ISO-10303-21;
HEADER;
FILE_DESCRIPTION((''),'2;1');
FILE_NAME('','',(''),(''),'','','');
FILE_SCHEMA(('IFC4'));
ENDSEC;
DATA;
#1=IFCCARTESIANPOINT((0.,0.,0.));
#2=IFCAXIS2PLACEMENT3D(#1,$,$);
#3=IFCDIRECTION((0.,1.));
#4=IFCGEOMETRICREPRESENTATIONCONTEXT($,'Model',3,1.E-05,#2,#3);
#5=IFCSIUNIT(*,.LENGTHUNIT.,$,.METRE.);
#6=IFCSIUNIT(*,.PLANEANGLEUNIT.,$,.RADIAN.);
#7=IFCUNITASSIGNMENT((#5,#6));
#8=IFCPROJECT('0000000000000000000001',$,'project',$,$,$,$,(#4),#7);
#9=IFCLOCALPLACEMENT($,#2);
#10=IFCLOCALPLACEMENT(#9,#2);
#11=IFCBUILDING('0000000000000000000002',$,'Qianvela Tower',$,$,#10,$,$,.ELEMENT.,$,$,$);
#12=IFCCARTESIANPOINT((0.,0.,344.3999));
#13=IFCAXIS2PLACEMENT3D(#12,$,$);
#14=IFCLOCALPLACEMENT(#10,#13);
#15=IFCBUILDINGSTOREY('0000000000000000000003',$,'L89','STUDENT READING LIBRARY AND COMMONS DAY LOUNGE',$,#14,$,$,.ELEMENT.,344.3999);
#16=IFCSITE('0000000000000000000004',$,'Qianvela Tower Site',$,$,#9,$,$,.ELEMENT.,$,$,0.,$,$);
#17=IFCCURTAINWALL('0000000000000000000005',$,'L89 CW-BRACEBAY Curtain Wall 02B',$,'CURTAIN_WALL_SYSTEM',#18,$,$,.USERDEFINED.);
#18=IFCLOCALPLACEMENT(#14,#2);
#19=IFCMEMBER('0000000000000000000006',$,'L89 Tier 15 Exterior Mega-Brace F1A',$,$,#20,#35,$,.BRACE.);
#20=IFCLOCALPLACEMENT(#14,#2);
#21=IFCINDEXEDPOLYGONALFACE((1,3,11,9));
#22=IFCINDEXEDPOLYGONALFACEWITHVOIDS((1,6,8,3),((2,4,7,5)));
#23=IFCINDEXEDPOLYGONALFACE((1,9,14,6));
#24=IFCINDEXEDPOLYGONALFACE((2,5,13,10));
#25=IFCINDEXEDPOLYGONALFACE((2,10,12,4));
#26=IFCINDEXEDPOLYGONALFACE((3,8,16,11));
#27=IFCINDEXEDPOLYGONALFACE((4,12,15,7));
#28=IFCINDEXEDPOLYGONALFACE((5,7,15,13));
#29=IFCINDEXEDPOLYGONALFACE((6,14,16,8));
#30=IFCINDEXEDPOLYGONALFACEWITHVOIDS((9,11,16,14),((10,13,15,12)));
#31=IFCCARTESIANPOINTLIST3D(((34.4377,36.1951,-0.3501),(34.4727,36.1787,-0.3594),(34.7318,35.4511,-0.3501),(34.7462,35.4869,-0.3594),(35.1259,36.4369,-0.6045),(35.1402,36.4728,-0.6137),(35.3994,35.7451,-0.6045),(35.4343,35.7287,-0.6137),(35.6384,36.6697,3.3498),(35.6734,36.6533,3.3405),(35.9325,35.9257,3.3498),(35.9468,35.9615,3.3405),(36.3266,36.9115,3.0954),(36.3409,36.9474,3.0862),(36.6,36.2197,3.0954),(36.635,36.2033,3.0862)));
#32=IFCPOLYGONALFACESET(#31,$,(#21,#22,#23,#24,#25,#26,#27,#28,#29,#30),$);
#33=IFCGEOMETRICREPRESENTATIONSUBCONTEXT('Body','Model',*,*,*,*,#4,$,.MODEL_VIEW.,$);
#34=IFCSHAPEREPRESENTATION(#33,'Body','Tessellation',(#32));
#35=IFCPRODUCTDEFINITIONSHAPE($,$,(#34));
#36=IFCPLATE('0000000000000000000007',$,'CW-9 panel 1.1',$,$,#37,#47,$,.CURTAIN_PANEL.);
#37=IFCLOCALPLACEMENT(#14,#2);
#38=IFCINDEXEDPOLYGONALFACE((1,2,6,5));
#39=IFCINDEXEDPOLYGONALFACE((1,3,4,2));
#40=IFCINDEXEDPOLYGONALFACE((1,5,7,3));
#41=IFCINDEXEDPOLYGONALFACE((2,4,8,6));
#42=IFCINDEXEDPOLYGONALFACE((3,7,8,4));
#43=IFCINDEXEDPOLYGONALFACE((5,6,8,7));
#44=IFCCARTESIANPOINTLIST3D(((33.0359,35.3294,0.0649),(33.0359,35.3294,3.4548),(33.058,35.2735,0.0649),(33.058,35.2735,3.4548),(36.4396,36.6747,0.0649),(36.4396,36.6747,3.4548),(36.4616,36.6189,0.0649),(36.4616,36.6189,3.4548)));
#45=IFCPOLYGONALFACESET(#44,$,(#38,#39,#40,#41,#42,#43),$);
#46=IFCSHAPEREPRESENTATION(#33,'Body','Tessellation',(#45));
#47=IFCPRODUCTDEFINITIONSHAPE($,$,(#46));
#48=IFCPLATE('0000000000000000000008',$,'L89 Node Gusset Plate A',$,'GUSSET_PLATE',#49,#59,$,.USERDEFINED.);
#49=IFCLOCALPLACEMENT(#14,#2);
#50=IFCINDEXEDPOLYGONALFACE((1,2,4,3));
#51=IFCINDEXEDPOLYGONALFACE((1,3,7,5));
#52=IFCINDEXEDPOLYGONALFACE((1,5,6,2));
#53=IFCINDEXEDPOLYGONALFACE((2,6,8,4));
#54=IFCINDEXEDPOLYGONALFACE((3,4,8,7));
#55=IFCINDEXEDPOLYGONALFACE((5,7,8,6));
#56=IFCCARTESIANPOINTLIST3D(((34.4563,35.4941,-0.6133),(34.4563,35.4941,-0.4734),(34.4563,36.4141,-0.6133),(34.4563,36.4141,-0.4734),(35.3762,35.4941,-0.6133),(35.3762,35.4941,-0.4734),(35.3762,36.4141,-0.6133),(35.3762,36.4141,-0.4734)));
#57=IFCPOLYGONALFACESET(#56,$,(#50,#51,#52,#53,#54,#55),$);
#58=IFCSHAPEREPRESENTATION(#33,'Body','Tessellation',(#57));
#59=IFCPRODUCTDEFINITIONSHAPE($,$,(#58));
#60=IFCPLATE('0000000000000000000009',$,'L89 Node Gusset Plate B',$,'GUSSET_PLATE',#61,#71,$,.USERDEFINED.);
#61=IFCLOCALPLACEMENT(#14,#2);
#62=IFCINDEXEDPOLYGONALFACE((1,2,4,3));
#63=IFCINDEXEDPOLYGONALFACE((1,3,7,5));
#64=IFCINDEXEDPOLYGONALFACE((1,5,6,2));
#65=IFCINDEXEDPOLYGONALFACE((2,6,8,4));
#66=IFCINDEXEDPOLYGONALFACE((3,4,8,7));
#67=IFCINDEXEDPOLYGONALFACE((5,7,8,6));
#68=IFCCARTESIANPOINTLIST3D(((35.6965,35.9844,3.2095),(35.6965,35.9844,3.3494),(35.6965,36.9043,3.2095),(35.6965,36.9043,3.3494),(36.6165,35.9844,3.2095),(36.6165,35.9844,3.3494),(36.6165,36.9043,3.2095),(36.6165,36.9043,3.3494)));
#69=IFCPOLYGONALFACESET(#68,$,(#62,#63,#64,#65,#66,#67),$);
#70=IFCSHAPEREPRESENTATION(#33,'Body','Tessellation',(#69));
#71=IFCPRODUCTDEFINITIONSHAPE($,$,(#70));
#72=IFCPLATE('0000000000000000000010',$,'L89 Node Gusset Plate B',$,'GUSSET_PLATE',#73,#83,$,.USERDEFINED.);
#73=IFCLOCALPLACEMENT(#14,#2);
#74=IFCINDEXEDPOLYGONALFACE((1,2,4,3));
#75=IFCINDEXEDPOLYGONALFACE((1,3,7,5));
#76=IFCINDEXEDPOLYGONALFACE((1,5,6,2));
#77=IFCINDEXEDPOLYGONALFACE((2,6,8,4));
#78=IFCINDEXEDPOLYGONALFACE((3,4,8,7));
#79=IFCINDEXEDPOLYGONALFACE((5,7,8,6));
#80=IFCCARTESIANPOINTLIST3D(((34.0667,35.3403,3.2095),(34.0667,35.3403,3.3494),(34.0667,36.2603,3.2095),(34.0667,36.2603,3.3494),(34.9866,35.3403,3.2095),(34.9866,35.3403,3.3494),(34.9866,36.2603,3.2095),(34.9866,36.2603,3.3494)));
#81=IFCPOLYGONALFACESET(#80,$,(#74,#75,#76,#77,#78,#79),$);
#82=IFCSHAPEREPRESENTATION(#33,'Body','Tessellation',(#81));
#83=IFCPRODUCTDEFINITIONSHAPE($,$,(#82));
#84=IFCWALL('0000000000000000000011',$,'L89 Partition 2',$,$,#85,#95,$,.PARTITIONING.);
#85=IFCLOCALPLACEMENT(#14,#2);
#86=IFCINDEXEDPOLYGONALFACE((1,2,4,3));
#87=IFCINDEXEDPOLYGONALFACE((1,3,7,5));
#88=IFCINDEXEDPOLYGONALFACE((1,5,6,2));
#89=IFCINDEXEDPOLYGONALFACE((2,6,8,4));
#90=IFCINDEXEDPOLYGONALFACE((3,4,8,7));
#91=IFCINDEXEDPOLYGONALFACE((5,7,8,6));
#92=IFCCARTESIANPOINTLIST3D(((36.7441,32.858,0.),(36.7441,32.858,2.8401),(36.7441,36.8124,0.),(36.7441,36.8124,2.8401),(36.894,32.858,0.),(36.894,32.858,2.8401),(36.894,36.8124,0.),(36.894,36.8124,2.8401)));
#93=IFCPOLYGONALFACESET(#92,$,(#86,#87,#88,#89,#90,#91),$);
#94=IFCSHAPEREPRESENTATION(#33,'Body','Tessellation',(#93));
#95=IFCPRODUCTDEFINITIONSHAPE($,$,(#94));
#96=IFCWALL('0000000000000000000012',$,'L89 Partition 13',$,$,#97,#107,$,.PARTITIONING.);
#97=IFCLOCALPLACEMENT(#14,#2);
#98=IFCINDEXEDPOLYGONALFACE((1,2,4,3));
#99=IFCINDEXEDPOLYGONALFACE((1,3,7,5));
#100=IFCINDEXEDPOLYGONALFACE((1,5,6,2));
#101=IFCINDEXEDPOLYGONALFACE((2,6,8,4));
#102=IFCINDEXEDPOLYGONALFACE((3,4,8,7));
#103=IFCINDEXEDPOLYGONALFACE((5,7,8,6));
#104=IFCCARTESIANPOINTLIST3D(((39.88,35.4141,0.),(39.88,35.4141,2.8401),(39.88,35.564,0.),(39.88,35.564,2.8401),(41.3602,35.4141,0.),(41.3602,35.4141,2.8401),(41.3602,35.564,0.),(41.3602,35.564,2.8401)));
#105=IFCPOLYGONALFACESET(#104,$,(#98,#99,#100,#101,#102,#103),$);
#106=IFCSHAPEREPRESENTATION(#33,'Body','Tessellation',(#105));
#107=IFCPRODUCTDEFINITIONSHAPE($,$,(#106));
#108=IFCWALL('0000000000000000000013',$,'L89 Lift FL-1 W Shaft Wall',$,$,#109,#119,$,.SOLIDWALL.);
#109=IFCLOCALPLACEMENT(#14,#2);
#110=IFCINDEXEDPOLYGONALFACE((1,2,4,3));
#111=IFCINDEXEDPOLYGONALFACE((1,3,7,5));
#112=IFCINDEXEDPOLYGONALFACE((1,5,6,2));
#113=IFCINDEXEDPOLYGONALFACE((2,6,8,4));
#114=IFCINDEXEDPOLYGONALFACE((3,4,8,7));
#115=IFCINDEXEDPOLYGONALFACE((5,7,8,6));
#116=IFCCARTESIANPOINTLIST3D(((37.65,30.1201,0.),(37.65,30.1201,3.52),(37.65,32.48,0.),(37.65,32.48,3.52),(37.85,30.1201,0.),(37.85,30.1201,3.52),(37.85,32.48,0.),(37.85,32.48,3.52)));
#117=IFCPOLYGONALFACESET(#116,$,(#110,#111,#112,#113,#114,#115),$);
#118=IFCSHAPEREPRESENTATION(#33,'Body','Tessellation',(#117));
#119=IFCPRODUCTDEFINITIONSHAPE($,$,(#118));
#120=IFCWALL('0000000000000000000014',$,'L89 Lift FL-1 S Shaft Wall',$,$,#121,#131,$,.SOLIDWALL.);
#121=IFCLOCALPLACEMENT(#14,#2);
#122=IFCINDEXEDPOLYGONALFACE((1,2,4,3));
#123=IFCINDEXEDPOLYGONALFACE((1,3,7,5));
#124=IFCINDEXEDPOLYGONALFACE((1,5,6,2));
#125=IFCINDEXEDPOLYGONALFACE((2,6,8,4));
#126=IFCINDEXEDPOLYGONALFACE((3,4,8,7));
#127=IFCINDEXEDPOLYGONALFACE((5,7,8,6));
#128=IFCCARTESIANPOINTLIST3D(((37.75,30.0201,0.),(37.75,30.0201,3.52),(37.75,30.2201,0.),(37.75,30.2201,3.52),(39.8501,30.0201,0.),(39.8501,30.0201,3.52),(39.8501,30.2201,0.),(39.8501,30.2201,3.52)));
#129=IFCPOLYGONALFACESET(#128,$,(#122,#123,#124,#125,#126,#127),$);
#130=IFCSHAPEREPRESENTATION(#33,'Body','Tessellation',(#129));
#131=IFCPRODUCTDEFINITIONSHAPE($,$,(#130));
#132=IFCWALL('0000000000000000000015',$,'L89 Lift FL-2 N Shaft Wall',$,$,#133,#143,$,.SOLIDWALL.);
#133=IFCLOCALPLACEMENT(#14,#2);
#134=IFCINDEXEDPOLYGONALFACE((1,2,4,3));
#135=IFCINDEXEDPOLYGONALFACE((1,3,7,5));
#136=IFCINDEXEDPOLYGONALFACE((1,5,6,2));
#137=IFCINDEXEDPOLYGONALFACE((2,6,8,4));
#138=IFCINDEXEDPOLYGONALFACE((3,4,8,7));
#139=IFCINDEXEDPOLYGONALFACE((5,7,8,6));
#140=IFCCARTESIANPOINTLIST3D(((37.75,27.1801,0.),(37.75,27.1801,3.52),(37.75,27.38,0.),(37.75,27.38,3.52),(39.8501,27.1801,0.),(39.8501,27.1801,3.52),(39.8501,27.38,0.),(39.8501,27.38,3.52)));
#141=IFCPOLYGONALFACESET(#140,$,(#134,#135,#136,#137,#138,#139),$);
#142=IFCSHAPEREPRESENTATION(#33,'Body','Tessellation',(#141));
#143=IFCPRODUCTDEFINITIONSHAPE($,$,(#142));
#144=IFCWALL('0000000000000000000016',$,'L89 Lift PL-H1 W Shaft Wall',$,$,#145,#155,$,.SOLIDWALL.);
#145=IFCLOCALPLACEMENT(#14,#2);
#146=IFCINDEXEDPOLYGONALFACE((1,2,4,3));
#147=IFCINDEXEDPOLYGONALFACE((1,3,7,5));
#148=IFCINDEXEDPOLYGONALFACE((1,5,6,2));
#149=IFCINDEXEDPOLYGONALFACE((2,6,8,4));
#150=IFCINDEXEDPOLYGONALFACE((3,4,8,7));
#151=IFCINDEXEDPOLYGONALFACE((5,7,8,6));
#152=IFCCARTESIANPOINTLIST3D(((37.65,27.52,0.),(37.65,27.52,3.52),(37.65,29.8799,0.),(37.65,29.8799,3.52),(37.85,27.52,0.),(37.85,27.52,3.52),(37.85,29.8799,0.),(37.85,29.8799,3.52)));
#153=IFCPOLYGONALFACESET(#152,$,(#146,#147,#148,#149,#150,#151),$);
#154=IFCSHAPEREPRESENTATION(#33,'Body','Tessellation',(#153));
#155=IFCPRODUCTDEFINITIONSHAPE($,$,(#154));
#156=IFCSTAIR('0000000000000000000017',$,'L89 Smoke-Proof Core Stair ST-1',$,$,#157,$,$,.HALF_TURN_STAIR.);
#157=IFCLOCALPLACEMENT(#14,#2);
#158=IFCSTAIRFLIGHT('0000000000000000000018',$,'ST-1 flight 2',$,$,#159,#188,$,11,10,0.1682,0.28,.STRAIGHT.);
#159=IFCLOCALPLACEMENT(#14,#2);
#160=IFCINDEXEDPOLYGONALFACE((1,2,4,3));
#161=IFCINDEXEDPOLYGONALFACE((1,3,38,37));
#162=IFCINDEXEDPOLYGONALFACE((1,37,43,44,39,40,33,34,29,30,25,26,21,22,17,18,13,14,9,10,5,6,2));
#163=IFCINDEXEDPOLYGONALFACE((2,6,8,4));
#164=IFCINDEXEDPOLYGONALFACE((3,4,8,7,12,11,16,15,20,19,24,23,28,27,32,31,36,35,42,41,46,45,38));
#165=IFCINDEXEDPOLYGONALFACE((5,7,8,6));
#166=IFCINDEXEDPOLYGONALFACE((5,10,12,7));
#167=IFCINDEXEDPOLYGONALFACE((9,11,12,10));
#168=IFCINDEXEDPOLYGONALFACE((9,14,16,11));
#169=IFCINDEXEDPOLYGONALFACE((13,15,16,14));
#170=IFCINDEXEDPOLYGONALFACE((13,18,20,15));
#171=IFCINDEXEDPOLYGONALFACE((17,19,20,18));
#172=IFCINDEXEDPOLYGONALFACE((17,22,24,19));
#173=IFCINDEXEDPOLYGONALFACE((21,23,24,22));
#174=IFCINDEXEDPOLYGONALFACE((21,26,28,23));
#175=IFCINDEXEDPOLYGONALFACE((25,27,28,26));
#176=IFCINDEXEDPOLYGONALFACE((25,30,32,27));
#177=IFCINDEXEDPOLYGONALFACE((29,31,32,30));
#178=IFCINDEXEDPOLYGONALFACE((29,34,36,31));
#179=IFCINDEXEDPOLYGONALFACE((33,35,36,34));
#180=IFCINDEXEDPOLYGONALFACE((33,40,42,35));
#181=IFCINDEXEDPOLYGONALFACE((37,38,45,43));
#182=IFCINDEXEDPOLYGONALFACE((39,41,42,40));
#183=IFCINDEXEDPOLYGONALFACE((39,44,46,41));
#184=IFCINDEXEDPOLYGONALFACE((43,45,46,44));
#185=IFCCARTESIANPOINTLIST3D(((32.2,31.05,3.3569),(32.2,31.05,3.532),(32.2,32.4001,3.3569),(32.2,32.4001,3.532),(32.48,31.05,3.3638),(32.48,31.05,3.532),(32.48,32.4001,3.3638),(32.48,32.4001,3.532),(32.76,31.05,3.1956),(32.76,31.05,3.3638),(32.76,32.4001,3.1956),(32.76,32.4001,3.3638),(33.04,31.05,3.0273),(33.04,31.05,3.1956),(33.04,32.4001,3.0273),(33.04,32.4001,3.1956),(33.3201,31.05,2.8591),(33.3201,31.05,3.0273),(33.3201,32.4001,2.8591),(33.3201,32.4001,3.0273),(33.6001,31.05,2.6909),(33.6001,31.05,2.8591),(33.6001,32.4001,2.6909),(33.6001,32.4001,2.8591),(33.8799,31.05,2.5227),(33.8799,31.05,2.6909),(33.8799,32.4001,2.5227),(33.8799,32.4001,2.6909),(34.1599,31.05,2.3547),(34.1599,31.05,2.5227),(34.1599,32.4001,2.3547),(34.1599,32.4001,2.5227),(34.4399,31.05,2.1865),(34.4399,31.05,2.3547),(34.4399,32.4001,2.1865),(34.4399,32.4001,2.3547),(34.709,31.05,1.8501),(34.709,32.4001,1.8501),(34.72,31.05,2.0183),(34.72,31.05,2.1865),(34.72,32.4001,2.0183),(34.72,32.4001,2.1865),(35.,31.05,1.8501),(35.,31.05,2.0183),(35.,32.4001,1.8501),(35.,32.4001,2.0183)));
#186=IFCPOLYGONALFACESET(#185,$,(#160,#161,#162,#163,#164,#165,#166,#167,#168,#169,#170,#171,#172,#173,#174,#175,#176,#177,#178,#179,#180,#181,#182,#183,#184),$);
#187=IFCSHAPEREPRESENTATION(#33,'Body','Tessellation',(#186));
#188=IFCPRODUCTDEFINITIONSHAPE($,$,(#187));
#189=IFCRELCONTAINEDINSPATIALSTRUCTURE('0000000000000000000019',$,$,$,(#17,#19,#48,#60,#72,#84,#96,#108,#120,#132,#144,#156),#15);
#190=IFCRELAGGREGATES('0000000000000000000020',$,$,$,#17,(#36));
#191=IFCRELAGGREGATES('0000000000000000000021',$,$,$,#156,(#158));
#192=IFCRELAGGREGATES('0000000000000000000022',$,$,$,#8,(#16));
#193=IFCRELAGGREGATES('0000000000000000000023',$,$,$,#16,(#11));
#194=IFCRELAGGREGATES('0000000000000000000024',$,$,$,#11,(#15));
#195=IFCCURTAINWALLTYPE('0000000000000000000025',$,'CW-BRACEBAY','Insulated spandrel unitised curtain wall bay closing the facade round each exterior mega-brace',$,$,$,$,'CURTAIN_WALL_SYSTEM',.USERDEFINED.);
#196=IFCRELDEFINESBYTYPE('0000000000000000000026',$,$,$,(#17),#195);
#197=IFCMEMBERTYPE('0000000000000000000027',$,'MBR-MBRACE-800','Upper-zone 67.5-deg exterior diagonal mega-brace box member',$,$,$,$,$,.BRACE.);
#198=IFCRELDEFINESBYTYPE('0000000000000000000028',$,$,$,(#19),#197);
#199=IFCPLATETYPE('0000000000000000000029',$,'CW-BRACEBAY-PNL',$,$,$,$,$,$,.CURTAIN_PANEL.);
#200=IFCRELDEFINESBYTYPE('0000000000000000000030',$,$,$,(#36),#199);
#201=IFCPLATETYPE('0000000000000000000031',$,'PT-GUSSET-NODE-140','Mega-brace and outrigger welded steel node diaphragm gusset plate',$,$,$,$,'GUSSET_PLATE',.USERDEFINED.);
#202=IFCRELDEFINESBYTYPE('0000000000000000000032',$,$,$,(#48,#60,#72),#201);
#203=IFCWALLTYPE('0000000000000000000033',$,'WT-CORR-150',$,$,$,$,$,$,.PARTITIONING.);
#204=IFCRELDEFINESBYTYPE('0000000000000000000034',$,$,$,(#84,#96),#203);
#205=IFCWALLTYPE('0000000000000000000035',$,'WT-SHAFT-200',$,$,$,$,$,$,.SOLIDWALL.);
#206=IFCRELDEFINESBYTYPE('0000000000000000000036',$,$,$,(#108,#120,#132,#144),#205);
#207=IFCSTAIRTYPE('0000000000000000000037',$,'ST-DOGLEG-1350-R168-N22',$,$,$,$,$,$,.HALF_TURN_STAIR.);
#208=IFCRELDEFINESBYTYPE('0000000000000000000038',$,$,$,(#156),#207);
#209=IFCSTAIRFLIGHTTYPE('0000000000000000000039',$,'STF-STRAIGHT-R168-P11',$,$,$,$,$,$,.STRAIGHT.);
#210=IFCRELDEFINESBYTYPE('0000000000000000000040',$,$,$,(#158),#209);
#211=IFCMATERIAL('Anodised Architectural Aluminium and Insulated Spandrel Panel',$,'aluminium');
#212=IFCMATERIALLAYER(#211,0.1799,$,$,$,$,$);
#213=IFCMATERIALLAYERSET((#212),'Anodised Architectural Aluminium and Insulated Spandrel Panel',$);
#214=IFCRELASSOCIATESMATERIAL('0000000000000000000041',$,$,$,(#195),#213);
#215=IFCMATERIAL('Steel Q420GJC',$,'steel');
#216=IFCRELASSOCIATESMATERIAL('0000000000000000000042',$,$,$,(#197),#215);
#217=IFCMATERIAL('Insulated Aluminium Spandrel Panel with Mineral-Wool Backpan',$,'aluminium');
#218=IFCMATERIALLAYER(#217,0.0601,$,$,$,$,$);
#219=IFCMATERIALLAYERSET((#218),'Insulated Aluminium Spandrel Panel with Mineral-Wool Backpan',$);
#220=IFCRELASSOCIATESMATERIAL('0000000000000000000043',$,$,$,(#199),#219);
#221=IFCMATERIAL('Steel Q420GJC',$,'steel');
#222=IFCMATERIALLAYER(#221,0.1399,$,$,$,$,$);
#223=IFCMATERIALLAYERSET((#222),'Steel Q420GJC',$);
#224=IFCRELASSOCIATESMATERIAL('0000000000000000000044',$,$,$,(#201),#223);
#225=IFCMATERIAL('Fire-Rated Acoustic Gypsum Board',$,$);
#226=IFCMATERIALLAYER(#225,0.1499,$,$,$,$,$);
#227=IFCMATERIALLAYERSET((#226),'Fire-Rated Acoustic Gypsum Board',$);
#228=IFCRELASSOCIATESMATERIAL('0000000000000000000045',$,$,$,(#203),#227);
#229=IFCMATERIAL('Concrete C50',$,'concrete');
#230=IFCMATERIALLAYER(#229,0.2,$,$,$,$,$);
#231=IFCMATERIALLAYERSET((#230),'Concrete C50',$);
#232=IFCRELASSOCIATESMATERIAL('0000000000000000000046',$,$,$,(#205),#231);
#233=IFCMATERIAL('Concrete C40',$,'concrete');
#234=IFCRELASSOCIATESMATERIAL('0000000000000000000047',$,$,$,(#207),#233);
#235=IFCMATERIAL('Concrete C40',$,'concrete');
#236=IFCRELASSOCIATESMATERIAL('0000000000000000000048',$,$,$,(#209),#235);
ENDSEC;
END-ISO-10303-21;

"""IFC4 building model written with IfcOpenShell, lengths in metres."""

from ifc_helpers import new_model, si_unit, direction, frame, frame_2d, origin, origin_2d, place, context, subcontext, project, spatial, polyline, rectangle, hollow_rectangle, outline, extrude, material, layer, layer_set, material_profile, profile_set, type_object, element, aggregate, save


model = new_model("IFC4")

# Units and contexts
model_context = context("Model", 3, precision=1e-05, world=origin(), true_north=direction((0.0, 1.0)))
body_context = subcontext(model_context, "Body", "Model", "MODEL_VIEW")
ifc_project = project(units=[si_unit("LENGTHUNIT", "METRE"), si_unit("PLANEANGLEUNIT", "RADIAN")], contexts=[model_context])

# Site, building, storey
site_placement = place(None, origin())
site = spatial("IfcSite", under=ifc_project, at=site_placement, Name="Qianvela Tower Site", CompositionType="ELEMENT", RefElevation=0.0)
building_placement = place(site_placement, origin())
building = spatial("IfcBuilding", under=site, at=building_placement, Name="Qianvela Tower", CompositionType="ELEMENT")
storey_placement = place(building_placement, frame((0.0, 0.0, 344.3999)))
storey = spatial("IfcBuildingStorey", under=building, at=storey_placement, Name="L89", Description="STUDENT READING LIBRARY AND COMMONS DAY LOUNGE", CompositionType="ELEMENT", Elevation=344.3999)

# Curtain wall
ifc_material_1 = material(Name="Anodised Architectural Aluminium and Insulated Spandrel Panel", Category="aluminium")
ifc_layer_1 = layer(ifc_material_1, 0.1799)
ifc_layer_set_1 = layer_set([ifc_layer_1], Name="Anodised Architectural Aluminium and Insulated Spandrel Panel")
curtain_wall_type_1 = type_object("IfcCurtainWallType", Name="CW-BRACEBAY", Description="Insulated spandrel unitised curtain wall bay closing the facade round each exterior mega-brace", ElementType="CURTAIN_WALL_SYSTEM", PredefinedType="USERDEFINED", material=ifc_layer_set_1)
curtain_wall_1_placement = place(storey_placement, origin())
curtain_wall_1 = element("IfcCurtainWall", 1, at=curtain_wall_1_placement, inside=storey, type_object=curtain_wall_type_1, Name="L89 CW-BRACEBAY Curtain Wall 02B", ObjectType="CURTAIN_WALL_SYSTEM", PredefinedType="USERDEFINED")

# Member
ifc_material_2 = material(Name="Steel Q420GJC", Category="steel")
ifc_material_profile_1 = material_profile(ifc_material_2, hollow_rectangle(XDim=0.8, YDim=0.8, WallThickness=0.0281, at=origin_2d()), Name="MBOX-800x800x28")
ifc_profile_set_1 = profile_set([ifc_material_profile_1], Name="Steel Q420GJC")
member_type_1 = type_object("IfcMemberType", Name="MBR-MBRACE-800", Description="Upper-zone 67.5-deg exterior diagonal mega-brace box member", PredefinedType="BRACE", material=ifc_profile_set_1)
member_1_placement = place(storey_placement, frame((34.936, 35.9619, -0.4819), z_axis=(0.306395, 0.121113, 0.944168), x_axis=(-0.367606, 0.929982, 0.0)))
element("IfcMember", 2, at=member_1_placement, inside=storey, type_object=member_type_1, Name="L89 Tier 15 Exterior Mega-Brace F1A", PredefinedType="BRACE", context=body_context, shape_type="SweptSolid", body=[
    extrude(hollow_rectangle(XDim=0.8, YDim=0.8, WallThickness=0.0281, at=origin_2d()), origin(), (0.0, 0.0, 1.0), 3.9187),
])

# Plate
ifc_material_3 = material(Name="Insulated Aluminium Spandrel Panel with Mineral-Wool Backpan", Category="aluminium")
ifc_layer_2 = layer(ifc_material_3, 0.0601)
ifc_layer_set_2 = layer_set([ifc_layer_2], Name="Insulated Aluminium Spandrel Panel with Mineral-Wool Backpan")
plate_type_1 = type_object("IfcPlateType", Name="CW-BRACEBAY-PNL", PredefinedType="CURTAIN_PANEL", material=ifc_layer_set_2)
plate_placement = place(storey_placement, frame((34.7488, 35.9741, 0.0649), z_axis=(0.0, 0.0, 1.0), x_axis=(-0.929983, -0.367603, 0.0)))
plate = element("IfcPlate", 3, at=plate_placement, type_object=plate_type_1, Name="CW-9 panel 1.1", PredefinedType="CURTAIN_PANEL", context=body_context, shape_type="SweptSolid", body=[
    extrude(rectangle(XDim=3.6599, YDim=0.0601, at=origin_2d()), origin(), (0.0, 0.0, 1.0), 3.3899),
])
aggregate(curtain_wall_1, [plate])

# Plates
ifc_material_4 = material(Name="Steel Q420GJC", Category="steel")
ifc_layer_3 = layer(ifc_material_4, 0.1399)
ifc_layer_set_3 = layer_set([ifc_layer_3], Name="Steel Q420GJC")
plate_type_2 = type_object("IfcPlateType", Name="PT-GUSSET-NODE-140", Description="Mega-brace and outrigger welded steel node diaphragm gusset plate", ElementType="GUSSET_PLATE", PredefinedType="USERDEFINED", material=ifc_layer_set_3)
for number, where, z_axis, x_axis, name in (
    (4, (34.9163, 35.9541, -0.6133), (0.0, 0.0, 1.0), (1.0, 0.0, 0.0), "L89 Node Gusset Plate A"),
    (5, (36.1565, 36.4443, 3.2095), (0.0, 0.0, 1.0), (1.0, 0.0, 0.0), "L89 Node Gusset Plate B"),
    (6, (34.5266, 35.8003, 3.2095), (0.0, 0.0, 1.0), (1.0, 0.0, 0.0), "L89 Node Gusset Plate B"),
):
    element("IfcPlate", number, at=place(storey_placement, frame(where, z_axis=z_axis, x_axis=x_axis)), inside=storey, type_object=plate_type_2, Name=name, ObjectType="GUSSET_PLATE", PredefinedType="USERDEFINED", context=body_context, shape_type="SweptSolid", body=[
        extrude(rectangle(XDim=0.9199, YDim=0.9199, at=origin_2d()), origin(), (0.0, 0.0, 1.0), 0.1399),
    ])

# Walls
ifc_material_5 = material(Name="Fire-Rated Acoustic Gypsum Board")
ifc_layer_4 = layer(ifc_material_5, 0.1499)
ifc_layer_set_4 = layer_set([ifc_layer_4], Name="Fire-Rated Acoustic Gypsum Board")
wall_type_1 = type_object("IfcWallType", Name="WT-CORR-150", PredefinedType="PARTITIONING", material=ifc_layer_set_4)
wall_1_placement = place(storey_placement, frame((36.8191, 36.8123, 0.0), z_axis=(0.0, 0.0, 1.0), x_axis=(0.0, -1.0, 0.0)))
element("IfcWall", 7, at=wall_1_placement, inside=storey, type_object=wall_type_1, Name="L89 Partition 2", PredefinedType="PARTITIONING", context=body_context, shape_type="SweptSolid", body=[
    extrude(rectangle(XDim=3.9543, YDim=0.1499, at=frame_2d((1.9771, 0.0))), origin(), (0.0, 0.0, 1.0), 2.8401),
])
wall_2_placement = place(storey_placement, frame((39.8799, 35.489, 0.0), z_axis=(0.0, 0.0, 1.0), x_axis=(1.0, 0.0, 0.0)))
element("IfcWall", 8, at=wall_2_placement, inside=storey, type_object=wall_type_1, Name="L89 Partition 13", PredefinedType="PARTITIONING", context=body_context, shape_type="SweptSolid", body=[
    extrude(rectangle(XDim=1.4802, YDim=0.1499, at=frame_2d((0.7402, 0.0))), origin(), (0.0, 0.0, 1.0), 2.8401),
])

# Shared definitions
ifc_material_6 = material(Name="Concrete C50", Category="concrete")
ifc_layer_5 = layer(ifc_material_6, 0.2)
ifc_layer_set_5 = layer_set([ifc_layer_5], Name="Concrete C50")
wall_type_2 = type_object("IfcWallType", Name="WT-SHAFT-200", PredefinedType="SOLIDWALL", material=ifc_layer_set_5)

# Walls
wall_3_placement = place(storey_placement, frame((37.75, 30.1201, 0.0), z_axis=(0.0, 0.0, 1.0), x_axis=(0.0, 1.0, 0.0)))
element("IfcWall", 9, at=wall_3_placement, inside=storey, type_object=wall_type_2, Name="L89 Lift FL-1 W Shaft Wall", PredefinedType="SOLIDWALL", context=body_context, shape_type="SweptSolid", body=[
    extrude(rectangle(XDim=2.3599, YDim=0.2, at=frame_2d((1.1799, 0.0))), origin(), (0.0, 0.0, 1.0), 3.52),
])
for number, where, z_axis, x_axis, name in (
    (10, (37.75, 30.1201, 0.0), (0.0, 0.0, 1.0), (1.0, 0.0, 0.0), "L89 Lift FL-1 S Shaft Wall"),
    (11, (37.75, 27.28, 0.0), (0.0, 0.0, 1.0), (1.0, 0.0, 0.0), "L89 Lift FL-2 N Shaft Wall"),
):
    element("IfcWall", number, at=place(storey_placement, frame(where, z_axis=z_axis, x_axis=x_axis)), inside=storey, type_object=wall_type_2, Name=name, PredefinedType="SOLIDWALL", context=body_context, shape_type="SweptSolid", body=[
        extrude(rectangle(XDim=2.1001, YDim=0.2, at=frame_2d((1.05, 0.0))), origin(), (0.0, 0.0, 1.0), 3.52),
    ])

# Wall
wall_4_placement = place(storey_placement, frame((37.75, 27.52, 0.0), z_axis=(0.0, 0.0, 1.0), x_axis=(0.0, 1.0, 0.0)))
element("IfcWall", 12, at=wall_4_placement, inside=storey, type_object=wall_type_2, Name="L89 Lift PL-H1 W Shaft Wall", PredefinedType="SOLIDWALL", context=body_context, shape_type="SweptSolid", body=[
    extrude(rectangle(XDim=2.3599, YDim=0.2, at=frame_2d((1.1799, 0.0))), origin(), (0.0, 0.0, 1.0), 3.52),
])

# Stair, stair flight
ifc_material_7 = material(Name="Concrete C40", Category="concrete")
stair_type = type_object("IfcStairType", Name="ST-DOGLEG-1350-R168-N22", PredefinedType="HALF_TURN_STAIR", material=ifc_material_7)
stair_placement = place(storey_placement, origin())
stair = element("IfcStair", 13, at=stair_placement, inside=storey, type_object=stair_type, Name="L89 Smoke-Proof Core Stair ST-1", PredefinedType="HALF_TURN_STAIR")
ifc_material_8 = material(Name="Concrete C40", Category="concrete")
stair_flight_type = type_object("IfcStairFlightType", Name="STF-STRAIGHT-R168-P11", PredefinedType="STRAIGHT", material=ifc_material_8)
stair_flight_placement = place(storey_placement, frame((35.0, 31.7251, 1.8501), z_axis=(0.0, 0.0, 1.0), x_axis=(-1.0, 0.0, 0.0)))
stair_flight = element("IfcStairFlight", 14, at=stair_flight_placement, type_object=stair_flight_type, Name="ST-1 flight 2", NumberOfRisers=11, NumberOfTreads=10, PredefinedType="STRAIGHT", RiserHeight=0.1682, TreadLength=0.28, context=body_context, shape_type="SweptSolid", body=[
    extrude(outline(polyline([(0.0, 0.0), (0.0, 0.1682), (0.28, 0.1682), (0.28, 0.3364), (0.5601, 0.3364), (0.5601, 0.5046), (0.8401, 0.5046), (0.8401, 0.6726), (1.1201, 0.6726), (1.1201, 0.8408), (1.3999, 0.8408), (1.3999, 1.009), (1.6799, 1.009), (1.6799, 1.1772), (1.96, 1.1772), (1.96, 1.3455), (2.24, 1.3455), (2.24, 1.5137), (2.52, 1.5137), (2.52, 1.6819), (2.8, 1.6819), (2.8, 1.8501), (2.8, 1.5068), (0.291, 0.0), (0.0, 0.0)])), frame((0.0, 0.675, 0.0), z_axis=(0.0, -1.0, 0.0), x_axis=(1.0, 0.0, 0.0)), (0.0, 0.0, 1.0), 1.3501),
])
aggregate(stair, [stair_flight])

save(model, "model.ifc")
